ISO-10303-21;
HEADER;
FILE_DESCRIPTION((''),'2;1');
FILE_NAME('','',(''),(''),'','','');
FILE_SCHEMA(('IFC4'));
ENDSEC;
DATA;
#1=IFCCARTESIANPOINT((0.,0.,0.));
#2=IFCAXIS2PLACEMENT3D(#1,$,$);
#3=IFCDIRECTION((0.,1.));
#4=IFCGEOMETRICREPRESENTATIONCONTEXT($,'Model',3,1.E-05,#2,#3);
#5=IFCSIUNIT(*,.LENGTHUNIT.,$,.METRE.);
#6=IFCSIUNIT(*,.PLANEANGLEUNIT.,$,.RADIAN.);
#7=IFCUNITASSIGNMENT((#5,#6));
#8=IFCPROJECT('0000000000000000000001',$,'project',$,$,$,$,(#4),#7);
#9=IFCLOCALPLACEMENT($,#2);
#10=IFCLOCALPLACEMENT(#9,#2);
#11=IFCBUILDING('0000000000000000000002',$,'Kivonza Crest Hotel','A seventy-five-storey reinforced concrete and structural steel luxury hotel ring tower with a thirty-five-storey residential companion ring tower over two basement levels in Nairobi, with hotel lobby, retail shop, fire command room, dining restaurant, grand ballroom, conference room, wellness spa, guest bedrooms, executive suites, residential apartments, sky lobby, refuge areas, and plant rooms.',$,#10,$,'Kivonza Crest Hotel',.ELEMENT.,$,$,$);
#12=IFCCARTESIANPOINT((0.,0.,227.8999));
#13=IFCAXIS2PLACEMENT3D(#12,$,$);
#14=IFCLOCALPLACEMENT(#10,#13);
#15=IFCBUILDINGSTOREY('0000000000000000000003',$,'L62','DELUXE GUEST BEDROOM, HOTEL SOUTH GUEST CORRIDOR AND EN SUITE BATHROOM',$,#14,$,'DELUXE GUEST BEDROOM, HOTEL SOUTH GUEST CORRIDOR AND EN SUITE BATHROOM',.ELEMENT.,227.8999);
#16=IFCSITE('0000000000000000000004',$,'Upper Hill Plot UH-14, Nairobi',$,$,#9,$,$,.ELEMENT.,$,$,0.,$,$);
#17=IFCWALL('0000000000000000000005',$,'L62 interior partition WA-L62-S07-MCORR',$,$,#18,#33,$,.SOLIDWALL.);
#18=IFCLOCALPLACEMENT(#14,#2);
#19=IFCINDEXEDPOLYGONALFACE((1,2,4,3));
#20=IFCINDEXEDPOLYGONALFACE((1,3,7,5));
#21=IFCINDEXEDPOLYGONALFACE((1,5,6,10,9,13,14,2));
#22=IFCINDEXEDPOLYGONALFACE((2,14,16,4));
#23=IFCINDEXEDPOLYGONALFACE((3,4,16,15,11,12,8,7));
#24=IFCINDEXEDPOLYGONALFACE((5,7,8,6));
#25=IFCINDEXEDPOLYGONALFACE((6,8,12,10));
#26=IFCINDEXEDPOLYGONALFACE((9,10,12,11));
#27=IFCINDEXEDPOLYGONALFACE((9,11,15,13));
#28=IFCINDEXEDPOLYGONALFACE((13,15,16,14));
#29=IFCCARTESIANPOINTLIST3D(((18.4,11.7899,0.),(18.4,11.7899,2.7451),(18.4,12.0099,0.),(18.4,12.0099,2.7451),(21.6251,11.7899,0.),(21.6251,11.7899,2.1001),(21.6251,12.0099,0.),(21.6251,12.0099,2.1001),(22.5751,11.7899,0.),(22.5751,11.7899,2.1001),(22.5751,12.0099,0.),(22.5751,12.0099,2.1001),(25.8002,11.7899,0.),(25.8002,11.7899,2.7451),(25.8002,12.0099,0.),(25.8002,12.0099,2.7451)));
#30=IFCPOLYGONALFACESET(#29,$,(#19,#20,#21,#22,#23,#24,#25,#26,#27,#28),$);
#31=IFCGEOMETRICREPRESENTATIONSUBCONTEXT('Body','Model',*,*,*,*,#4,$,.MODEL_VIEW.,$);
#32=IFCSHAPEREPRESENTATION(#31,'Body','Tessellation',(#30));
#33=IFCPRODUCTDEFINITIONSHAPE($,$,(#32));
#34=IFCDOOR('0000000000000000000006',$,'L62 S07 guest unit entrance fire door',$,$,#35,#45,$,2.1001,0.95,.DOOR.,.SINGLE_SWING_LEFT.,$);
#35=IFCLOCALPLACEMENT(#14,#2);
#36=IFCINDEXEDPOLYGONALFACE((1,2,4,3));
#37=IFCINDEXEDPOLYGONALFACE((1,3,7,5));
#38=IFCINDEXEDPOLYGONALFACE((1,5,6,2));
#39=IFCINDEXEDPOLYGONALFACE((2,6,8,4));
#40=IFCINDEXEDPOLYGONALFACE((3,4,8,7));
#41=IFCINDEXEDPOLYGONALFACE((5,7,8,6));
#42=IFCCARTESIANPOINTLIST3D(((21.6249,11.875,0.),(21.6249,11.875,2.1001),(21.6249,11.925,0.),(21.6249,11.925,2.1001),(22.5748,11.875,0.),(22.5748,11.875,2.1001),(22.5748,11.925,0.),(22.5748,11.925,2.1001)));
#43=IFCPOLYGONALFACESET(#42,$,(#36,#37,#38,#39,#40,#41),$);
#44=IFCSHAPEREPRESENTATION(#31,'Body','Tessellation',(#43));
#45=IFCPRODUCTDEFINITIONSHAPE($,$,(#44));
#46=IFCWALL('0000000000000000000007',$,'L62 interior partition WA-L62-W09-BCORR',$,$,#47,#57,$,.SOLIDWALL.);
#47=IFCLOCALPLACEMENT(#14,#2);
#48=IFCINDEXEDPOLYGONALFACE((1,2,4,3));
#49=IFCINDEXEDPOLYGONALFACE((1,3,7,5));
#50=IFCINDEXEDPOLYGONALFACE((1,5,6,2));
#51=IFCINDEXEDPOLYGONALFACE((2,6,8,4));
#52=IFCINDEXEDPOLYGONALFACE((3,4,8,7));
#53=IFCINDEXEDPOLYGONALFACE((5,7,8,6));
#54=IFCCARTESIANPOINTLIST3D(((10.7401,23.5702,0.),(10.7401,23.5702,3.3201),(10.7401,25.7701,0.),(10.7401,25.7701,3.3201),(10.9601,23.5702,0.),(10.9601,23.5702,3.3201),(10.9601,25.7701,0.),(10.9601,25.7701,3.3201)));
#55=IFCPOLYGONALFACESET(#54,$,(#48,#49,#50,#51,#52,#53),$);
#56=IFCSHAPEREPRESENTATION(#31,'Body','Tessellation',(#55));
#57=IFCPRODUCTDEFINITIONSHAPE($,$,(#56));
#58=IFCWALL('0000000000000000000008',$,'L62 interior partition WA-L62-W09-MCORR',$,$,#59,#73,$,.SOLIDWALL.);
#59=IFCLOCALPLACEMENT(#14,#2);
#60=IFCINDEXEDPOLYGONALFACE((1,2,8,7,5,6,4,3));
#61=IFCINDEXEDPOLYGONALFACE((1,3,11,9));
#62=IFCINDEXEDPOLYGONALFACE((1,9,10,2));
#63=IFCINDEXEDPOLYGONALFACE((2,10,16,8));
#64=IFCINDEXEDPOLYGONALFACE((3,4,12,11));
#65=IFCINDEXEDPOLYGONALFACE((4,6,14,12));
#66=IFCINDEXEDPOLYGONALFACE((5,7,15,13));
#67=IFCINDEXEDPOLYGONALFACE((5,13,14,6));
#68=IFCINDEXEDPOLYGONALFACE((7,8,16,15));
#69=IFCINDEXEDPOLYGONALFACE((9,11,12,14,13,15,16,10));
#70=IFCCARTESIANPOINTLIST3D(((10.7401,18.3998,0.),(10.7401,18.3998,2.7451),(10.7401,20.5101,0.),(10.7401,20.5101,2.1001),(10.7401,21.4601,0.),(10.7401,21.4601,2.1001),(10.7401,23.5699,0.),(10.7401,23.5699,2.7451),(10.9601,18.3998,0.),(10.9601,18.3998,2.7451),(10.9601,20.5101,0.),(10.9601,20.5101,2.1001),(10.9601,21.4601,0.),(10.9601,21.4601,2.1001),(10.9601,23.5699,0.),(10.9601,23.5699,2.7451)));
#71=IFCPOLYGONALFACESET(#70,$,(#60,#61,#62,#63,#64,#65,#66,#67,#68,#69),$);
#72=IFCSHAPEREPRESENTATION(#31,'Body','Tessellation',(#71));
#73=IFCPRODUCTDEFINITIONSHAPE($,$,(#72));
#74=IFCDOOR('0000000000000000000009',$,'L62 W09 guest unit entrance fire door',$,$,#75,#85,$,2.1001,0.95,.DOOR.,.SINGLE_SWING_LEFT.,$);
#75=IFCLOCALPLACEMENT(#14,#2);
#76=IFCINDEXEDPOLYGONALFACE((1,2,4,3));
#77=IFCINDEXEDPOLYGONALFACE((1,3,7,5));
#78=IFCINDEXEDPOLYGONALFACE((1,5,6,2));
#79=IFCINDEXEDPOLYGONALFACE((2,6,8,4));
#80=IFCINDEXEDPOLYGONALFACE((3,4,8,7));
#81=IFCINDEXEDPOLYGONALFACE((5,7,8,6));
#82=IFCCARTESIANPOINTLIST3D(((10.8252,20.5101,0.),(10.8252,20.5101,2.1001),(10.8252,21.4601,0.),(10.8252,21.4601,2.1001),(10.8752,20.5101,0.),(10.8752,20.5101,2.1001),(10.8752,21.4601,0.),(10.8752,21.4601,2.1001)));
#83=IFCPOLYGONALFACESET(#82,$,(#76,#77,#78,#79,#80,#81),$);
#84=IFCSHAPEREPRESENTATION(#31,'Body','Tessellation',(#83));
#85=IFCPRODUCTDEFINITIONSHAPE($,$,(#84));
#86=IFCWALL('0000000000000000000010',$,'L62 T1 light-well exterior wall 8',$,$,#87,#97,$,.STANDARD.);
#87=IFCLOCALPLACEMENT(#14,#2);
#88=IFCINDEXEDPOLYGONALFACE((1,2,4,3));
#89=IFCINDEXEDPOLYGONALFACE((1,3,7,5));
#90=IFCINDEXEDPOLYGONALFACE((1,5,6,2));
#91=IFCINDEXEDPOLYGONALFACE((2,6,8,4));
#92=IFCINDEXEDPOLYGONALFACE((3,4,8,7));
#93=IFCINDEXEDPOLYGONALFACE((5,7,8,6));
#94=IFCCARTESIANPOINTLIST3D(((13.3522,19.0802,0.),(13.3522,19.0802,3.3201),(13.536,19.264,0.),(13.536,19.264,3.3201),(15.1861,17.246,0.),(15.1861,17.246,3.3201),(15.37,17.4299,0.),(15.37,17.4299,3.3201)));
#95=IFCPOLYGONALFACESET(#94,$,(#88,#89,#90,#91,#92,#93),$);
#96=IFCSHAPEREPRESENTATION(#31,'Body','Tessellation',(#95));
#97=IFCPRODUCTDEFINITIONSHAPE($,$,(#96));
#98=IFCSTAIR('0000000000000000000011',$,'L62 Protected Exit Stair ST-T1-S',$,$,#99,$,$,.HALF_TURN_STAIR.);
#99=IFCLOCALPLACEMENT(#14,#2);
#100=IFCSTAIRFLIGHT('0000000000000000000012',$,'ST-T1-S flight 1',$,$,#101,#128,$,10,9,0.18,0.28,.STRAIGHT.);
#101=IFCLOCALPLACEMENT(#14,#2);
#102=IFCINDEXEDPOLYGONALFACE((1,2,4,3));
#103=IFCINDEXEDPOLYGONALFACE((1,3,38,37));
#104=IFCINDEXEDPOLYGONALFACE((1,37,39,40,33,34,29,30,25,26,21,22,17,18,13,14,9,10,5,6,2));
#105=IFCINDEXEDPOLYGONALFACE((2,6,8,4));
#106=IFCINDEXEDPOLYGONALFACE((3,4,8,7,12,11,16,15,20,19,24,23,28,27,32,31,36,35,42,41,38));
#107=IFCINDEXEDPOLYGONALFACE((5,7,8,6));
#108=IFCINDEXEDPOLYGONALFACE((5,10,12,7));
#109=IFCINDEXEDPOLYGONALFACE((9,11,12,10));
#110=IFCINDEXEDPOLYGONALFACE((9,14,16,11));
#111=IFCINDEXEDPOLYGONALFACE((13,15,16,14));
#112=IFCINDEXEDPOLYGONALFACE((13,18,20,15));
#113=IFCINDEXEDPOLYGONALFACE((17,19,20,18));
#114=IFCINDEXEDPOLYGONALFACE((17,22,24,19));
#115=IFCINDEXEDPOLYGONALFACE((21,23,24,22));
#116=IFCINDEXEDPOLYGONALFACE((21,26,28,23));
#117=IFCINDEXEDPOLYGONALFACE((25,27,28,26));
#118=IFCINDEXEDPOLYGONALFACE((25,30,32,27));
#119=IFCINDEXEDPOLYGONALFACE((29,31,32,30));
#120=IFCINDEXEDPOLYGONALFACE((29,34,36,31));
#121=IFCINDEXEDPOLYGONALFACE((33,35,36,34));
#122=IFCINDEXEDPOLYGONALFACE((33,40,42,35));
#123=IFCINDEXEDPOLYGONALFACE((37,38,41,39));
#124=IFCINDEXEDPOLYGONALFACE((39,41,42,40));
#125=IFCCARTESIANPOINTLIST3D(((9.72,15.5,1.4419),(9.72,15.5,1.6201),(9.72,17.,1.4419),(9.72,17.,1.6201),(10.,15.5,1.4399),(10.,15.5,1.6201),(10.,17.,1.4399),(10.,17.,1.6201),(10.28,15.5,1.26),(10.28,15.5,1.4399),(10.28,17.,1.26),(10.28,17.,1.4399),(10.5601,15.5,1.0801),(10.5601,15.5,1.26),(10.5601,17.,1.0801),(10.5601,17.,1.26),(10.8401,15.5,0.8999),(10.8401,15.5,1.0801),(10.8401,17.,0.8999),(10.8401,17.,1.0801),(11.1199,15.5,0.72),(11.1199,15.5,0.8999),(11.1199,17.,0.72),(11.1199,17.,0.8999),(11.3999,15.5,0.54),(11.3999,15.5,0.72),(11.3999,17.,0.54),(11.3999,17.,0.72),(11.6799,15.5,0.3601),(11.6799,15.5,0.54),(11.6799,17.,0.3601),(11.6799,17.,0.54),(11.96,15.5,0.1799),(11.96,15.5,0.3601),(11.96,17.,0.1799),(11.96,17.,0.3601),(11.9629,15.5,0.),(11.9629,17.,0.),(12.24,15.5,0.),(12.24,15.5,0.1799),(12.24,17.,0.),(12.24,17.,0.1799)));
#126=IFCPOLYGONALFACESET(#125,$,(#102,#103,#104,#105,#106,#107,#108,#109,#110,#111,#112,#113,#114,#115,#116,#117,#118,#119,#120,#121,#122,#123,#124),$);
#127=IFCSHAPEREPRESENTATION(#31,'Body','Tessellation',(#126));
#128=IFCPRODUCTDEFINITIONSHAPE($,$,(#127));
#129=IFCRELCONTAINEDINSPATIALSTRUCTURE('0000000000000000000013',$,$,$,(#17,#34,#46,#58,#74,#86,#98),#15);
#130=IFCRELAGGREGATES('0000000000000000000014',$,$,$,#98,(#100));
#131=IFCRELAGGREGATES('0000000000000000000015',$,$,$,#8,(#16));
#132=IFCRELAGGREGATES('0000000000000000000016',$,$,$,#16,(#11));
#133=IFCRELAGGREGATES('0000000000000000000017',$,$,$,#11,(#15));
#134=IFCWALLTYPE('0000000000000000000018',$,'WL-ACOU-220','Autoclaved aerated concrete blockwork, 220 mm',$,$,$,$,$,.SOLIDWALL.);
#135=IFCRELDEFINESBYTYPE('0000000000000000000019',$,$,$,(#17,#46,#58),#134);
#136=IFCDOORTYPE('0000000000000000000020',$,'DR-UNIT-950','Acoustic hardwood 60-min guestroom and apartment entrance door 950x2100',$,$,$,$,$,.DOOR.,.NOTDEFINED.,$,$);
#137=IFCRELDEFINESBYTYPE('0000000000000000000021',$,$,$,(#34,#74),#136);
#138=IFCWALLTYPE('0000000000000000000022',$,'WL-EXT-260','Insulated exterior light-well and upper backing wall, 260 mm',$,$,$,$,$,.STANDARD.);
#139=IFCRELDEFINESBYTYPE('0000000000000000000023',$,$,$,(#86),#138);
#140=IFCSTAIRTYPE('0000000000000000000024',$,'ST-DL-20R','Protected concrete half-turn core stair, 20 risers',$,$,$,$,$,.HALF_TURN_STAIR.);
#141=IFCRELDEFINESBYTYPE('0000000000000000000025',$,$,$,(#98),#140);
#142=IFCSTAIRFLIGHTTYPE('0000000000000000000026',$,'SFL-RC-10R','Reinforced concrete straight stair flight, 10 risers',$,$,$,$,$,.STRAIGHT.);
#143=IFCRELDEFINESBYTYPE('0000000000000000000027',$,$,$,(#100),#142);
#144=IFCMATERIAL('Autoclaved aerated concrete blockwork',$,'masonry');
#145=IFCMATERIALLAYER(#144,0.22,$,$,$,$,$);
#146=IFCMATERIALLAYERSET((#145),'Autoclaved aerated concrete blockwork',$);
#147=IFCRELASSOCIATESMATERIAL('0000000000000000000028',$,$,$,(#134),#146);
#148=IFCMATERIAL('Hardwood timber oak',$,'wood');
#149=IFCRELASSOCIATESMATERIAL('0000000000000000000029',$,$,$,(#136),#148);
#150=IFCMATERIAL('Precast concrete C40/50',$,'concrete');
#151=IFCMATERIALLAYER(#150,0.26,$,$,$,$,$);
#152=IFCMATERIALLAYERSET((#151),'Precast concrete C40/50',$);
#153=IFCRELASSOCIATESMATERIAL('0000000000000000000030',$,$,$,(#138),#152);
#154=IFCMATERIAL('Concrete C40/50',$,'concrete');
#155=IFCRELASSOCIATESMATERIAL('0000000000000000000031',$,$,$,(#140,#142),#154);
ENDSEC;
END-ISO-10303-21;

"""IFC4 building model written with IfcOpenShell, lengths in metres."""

from ifc_helpers import new_model, si_unit, direction, frame, frame_2d, origin, place, context, subcontext, project, spatial, polyline, rectangle, outline, extrude, material, layer, layer_set, type_object, element, fill, aggregate, save


model = new_model("IFC4")

# Units and contexts
model_context = context("Model", 3, precision=1e-05, world=origin(), true_north=direction((0.0, 1.0)))
body_context = subcontext(model_context, "Body", "Model", "MODEL_VIEW")
ifc_project = project(units=[si_unit("LENGTHUNIT", "METRE"), si_unit("PLANEANGLEUNIT", "RADIAN")], contexts=[model_context])

# Site, building, storey
site_placement = place(None, origin())
site = spatial("IfcSite", under=ifc_project, at=site_placement, Name="Upper Hill Plot UH-14, Nairobi", CompositionType="ELEMENT", RefElevation=0.0)
building_placement = place(site_placement, origin())
building = spatial("IfcBuilding", under=site, at=building_placement, Name="Kivonza Crest Hotel", Description="A seventy-five-storey reinforced concrete and structural steel luxury hotel ring tower with a thirty-five-storey residential companion ring tower over two basement levels in Nairobi, with hotel lobby, retail shop, fire command room, dining restaurant, grand ballroom, conference room, wellness spa, guest bedrooms, executive suites, residential apartments, sky lobby, refuge areas, and plant rooms.", LongName="Kivonza Crest Hotel", CompositionType="ELEMENT")
storey_placement = place(building_placement, frame((0.0, 0.0, 227.8999)))
storey = spatial("IfcBuildingStorey", under=building, at=storey_placement, Name="L62", Description="DELUXE GUEST BEDROOM, HOTEL SOUTH GUEST CORRIDOR AND EN SUITE BATHROOM", LongName="DELUXE GUEST BEDROOM, HOTEL SOUTH GUEST CORRIDOR AND EN SUITE BATHROOM", CompositionType="ELEMENT", Elevation=227.8999)

# Shared definitions
ifc_material_1 = material(Name="Autoclaved aerated concrete blockwork", Category="masonry")
ifc_layer_1 = layer(ifc_material_1, 0.22)
ifc_layer_set_1 = layer_set([ifc_layer_1], Name="Autoclaved aerated concrete blockwork")
wall_type_1 = type_object("IfcWallType", Name="WL-ACOU-220", Description="Autoclaved aerated concrete blockwork, 220 mm", PredefinedType="SOLIDWALL", material=ifc_layer_set_1)
ifc_material_2 = material(Name="Hardwood timber oak", Category="wood")
door_type_1 = type_object("IfcDoorType", Name="DR-UNIT-950", Description="Acoustic hardwood 60-min guestroom and apartment entrance door 950x2100", OperationType="NOTDEFINED", PredefinedType="DOOR", material=ifc_material_2)

# Wall, opening, door
wall_1_placement = place(storey_placement, frame((18.3999, 11.8999, 0.0), z_axis=(0.0, 0.0, 1.0), x_axis=(1.0, 0.0, 0.0)))
wall_1 = element("IfcWall", 1, at=wall_1_placement, inside=storey, type_object=wall_type_1, Name="L62 interior partition WA-L62-S07-MCORR", PredefinedType="SOLIDWALL", context=body_context, shape_type="SweptSolid", body=[
    extrude(rectangle(XDim=7.4001, YDim=0.22, at=frame_2d((3.7002, 0.0))), origin(), (0.0, 0.0, 1.0), 2.7451),
])
opening_1_placement = place(wall_1_placement, frame((3.2251, 0.0, 0.0)))
opening_1 = element("IfcOpeningElement", 2, at=opening_1_placement, cuts=wall_1, PredefinedType="OPENING", context=body_context, shape_type="SweptSolid", body=[
    extrude(rectangle(XDim=0.95, YDim=2.1001, at=frame_2d((0.4751, 1.05))), frame((0.0, 0.1201, 0.0), z_axis=(0.0, -1.0, 0.0), x_axis=(1.0, 0.0, 0.0)), (0.0, 0.0, 1.0), 0.24),
])
door_1_placement = place(opening_1_placement, frame((0.95, 0.0, 0.0), z_axis=(0.0, 0.0, 1.0), x_axis=(-1.0, 0.0, 0.0)))
door_1 = element("IfcDoor", 3, at=door_1_placement, inside=storey, type_object=door_type_1, Name="L62 S07 guest unit entrance fire door", OperationType="SINGLE_SWING_LEFT", OverallHeight=2.1001, OverallWidth=0.95, PredefinedType="DOOR", context=body_context, shape_type="SweptSolid", body=[
    extrude(rectangle(XDim=0.95, YDim=2.1001, at=frame_2d((0.4751, 1.05))), frame((0.0, 0.0249, 0.0), z_axis=(0.0, -1.0, 0.0), x_axis=(1.0, 0.0, 0.0)), (0.0, 0.0, 1.0), 0.05),
])
fill(opening_1, door_1)

# Wall
wall_2_placement = place(storey_placement, frame((10.8501, 23.5701, 0.0), z_axis=(0.0, 0.0, 1.0), x_axis=(0.0, 1.0, 0.0)))
element("IfcWall", 4, at=wall_2_placement, inside=storey, type_object=wall_type_1, Name="L62 interior partition WA-L62-W09-BCORR", PredefinedType="SOLIDWALL", context=body_context, shape_type="SweptSolid", body=[
    extrude(rectangle(XDim=2.2, YDim=0.22, at=frame_2d((1.1001, 0.0))), origin(), (0.0, 0.0, 1.0), 3.3201),
])

# Wall, opening, door
wall_3_placement = place(storey_placement, frame((10.8501, 18.3999, 0.0), z_axis=(0.0, 0.0, 1.0), x_axis=(0.0, 1.0, 0.0)))
wall_3 = element("IfcWall", 5, at=wall_3_placement, inside=storey, type_object=wall_type_1, Name="L62 interior partition WA-L62-W09-MCORR", PredefinedType="SOLIDWALL", context=body_context, shape_type="SweptSolid", body=[
    extrude(rectangle(XDim=5.1702, YDim=0.22, at=frame_2d((2.585, 0.0))), origin(), (0.0, 0.0, 1.0), 2.7451),
])
opening_2_placement = place(wall_3_placement, frame((2.1101, 0.0, 0.0)))
opening_2 = element("IfcOpeningElement", 6, at=opening_2_placement, cuts=wall_3, PredefinedType="OPENING", context=body_context, shape_type="SweptSolid", body=[
    extrude(rectangle(XDim=0.95, YDim=2.1001, at=frame_2d((0.4751, 1.05))), frame((0.0, 0.1201, 0.0), z_axis=(0.0, -1.0, 0.0), x_axis=(1.0, 0.0, 0.0)), (0.0, 0.0, 1.0), 0.24),
])
door_2_placement = place(opening_2_placement, origin())
door_2 = element("IfcDoor", 7, at=door_2_placement, inside=storey, type_object=door_type_1, Name="L62 W09 guest unit entrance fire door", OperationType="SINGLE_SWING_LEFT", OverallHeight=2.1001, OverallWidth=0.95, PredefinedType="DOOR", context=body_context, shape_type="SweptSolid", body=[
    extrude(rectangle(XDim=0.95, YDim=2.1001, at=frame_2d((0.4751, 1.05))), frame((0.0, 0.0249, 0.0), z_axis=(0.0, -1.0, 0.0), x_axis=(1.0, 0.0, 0.0)), (0.0, 0.0, 1.0), 0.05),
])
fill(opening_2, door_2)

# Wall
ifc_material_3 = material(Name="Precast concrete C40/50", Category="concrete")
ifc_layer_2 = layer(ifc_material_3, 0.26)
ifc_layer_set_2 = layer_set([ifc_layer_2], Name="Precast concrete C40/50")
wall_type_2 = type_object("IfcWallType", Name="WL-EXT-260", Description="Insulated exterior light-well and upper backing wall, 260 mm", PredefinedType="STANDARD", material=ifc_layer_set_2)
wall_4_placement = place(storey_placement, frame((13.4441, 19.1721, 0.0), z_axis=(0.0, 0.0, 1.0), x_axis=(0.70706, -0.707154, 0.0)))
element("IfcWall", 8, at=wall_4_placement, inside=storey, type_object=wall_type_2, Name="L62 T1 light-well exterior wall 8", PredefinedType="STANDARD", context=body_context, shape_type="SweptSolid", body=[
    extrude(rectangle(XDim=2.5938, YDim=0.26, at=frame_2d((1.2969, 0.0))), origin(), (0.0, 0.0, 1.0), 3.3201),
])

# Stair, stair flight
ifc_material_4 = material(Name="Concrete C40/50", Category="concrete")
stair_type = type_object("IfcStairType", Name="ST-DL-20R", Description="Protected concrete half-turn core stair, 20 risers", PredefinedType="HALF_TURN_STAIR", material=ifc_material_4)
stair_placement = place(storey_placement, origin())
stair = element("IfcStair", 9, at=stair_placement, inside=storey, type_object=stair_type, Name="L62 Protected Exit Stair ST-T1-S", PredefinedType="HALF_TURN_STAIR")
stair_flight_type = type_object("IfcStairFlightType", Name="SFL-RC-10R", Description="Reinforced concrete straight stair flight, 10 risers", PredefinedType="STRAIGHT", material=ifc_material_4)
stair_flight_placement = place(storey_placement, frame((12.24, 16.25, 0.0), z_axis=(0.0, 0.0, 1.0), x_axis=(-1.0, 0.0, 0.0)))
stair_flight = element("IfcStairFlight", 10, at=stair_flight_placement, type_object=stair_flight_type, Name="ST-T1-S flight 1", NumberOfRisers=10, NumberOfTreads=9, PredefinedType="STRAIGHT", RiserHeight=0.18, TreadLength=0.28, context=body_context, shape_type="SweptSolid", body=[
    extrude(outline(polyline([(0.0, 0.0), (0.0, 0.1799), (0.28, 0.1799), (0.28, 0.3601), (0.5601, 0.3601), (0.5601, 0.54), (0.8401, 0.54), (0.8401, 0.72), (1.1201, 0.72), (1.1201, 0.8999), (1.3999, 0.8999), (1.3999, 1.0801), (1.6799, 1.0801), (1.6799, 1.26), (1.96, 1.26), (1.96, 1.4399), (2.24, 1.4399), (2.24, 1.6201), (2.52, 1.6201), (2.52, 1.8), (2.52, 1.4419), (0.2771, 0.0), (0.0, 0.0)])), frame((0.0, 0.75, 0.0), z_axis=(0.0, -1.0, 0.0), x_axis=(1.0, 0.0, 0.0)), (0.0, 0.0, 1.0), 1.5),
])
aggregate(stair, [stair_flight])

save(model, "model.ifc")
